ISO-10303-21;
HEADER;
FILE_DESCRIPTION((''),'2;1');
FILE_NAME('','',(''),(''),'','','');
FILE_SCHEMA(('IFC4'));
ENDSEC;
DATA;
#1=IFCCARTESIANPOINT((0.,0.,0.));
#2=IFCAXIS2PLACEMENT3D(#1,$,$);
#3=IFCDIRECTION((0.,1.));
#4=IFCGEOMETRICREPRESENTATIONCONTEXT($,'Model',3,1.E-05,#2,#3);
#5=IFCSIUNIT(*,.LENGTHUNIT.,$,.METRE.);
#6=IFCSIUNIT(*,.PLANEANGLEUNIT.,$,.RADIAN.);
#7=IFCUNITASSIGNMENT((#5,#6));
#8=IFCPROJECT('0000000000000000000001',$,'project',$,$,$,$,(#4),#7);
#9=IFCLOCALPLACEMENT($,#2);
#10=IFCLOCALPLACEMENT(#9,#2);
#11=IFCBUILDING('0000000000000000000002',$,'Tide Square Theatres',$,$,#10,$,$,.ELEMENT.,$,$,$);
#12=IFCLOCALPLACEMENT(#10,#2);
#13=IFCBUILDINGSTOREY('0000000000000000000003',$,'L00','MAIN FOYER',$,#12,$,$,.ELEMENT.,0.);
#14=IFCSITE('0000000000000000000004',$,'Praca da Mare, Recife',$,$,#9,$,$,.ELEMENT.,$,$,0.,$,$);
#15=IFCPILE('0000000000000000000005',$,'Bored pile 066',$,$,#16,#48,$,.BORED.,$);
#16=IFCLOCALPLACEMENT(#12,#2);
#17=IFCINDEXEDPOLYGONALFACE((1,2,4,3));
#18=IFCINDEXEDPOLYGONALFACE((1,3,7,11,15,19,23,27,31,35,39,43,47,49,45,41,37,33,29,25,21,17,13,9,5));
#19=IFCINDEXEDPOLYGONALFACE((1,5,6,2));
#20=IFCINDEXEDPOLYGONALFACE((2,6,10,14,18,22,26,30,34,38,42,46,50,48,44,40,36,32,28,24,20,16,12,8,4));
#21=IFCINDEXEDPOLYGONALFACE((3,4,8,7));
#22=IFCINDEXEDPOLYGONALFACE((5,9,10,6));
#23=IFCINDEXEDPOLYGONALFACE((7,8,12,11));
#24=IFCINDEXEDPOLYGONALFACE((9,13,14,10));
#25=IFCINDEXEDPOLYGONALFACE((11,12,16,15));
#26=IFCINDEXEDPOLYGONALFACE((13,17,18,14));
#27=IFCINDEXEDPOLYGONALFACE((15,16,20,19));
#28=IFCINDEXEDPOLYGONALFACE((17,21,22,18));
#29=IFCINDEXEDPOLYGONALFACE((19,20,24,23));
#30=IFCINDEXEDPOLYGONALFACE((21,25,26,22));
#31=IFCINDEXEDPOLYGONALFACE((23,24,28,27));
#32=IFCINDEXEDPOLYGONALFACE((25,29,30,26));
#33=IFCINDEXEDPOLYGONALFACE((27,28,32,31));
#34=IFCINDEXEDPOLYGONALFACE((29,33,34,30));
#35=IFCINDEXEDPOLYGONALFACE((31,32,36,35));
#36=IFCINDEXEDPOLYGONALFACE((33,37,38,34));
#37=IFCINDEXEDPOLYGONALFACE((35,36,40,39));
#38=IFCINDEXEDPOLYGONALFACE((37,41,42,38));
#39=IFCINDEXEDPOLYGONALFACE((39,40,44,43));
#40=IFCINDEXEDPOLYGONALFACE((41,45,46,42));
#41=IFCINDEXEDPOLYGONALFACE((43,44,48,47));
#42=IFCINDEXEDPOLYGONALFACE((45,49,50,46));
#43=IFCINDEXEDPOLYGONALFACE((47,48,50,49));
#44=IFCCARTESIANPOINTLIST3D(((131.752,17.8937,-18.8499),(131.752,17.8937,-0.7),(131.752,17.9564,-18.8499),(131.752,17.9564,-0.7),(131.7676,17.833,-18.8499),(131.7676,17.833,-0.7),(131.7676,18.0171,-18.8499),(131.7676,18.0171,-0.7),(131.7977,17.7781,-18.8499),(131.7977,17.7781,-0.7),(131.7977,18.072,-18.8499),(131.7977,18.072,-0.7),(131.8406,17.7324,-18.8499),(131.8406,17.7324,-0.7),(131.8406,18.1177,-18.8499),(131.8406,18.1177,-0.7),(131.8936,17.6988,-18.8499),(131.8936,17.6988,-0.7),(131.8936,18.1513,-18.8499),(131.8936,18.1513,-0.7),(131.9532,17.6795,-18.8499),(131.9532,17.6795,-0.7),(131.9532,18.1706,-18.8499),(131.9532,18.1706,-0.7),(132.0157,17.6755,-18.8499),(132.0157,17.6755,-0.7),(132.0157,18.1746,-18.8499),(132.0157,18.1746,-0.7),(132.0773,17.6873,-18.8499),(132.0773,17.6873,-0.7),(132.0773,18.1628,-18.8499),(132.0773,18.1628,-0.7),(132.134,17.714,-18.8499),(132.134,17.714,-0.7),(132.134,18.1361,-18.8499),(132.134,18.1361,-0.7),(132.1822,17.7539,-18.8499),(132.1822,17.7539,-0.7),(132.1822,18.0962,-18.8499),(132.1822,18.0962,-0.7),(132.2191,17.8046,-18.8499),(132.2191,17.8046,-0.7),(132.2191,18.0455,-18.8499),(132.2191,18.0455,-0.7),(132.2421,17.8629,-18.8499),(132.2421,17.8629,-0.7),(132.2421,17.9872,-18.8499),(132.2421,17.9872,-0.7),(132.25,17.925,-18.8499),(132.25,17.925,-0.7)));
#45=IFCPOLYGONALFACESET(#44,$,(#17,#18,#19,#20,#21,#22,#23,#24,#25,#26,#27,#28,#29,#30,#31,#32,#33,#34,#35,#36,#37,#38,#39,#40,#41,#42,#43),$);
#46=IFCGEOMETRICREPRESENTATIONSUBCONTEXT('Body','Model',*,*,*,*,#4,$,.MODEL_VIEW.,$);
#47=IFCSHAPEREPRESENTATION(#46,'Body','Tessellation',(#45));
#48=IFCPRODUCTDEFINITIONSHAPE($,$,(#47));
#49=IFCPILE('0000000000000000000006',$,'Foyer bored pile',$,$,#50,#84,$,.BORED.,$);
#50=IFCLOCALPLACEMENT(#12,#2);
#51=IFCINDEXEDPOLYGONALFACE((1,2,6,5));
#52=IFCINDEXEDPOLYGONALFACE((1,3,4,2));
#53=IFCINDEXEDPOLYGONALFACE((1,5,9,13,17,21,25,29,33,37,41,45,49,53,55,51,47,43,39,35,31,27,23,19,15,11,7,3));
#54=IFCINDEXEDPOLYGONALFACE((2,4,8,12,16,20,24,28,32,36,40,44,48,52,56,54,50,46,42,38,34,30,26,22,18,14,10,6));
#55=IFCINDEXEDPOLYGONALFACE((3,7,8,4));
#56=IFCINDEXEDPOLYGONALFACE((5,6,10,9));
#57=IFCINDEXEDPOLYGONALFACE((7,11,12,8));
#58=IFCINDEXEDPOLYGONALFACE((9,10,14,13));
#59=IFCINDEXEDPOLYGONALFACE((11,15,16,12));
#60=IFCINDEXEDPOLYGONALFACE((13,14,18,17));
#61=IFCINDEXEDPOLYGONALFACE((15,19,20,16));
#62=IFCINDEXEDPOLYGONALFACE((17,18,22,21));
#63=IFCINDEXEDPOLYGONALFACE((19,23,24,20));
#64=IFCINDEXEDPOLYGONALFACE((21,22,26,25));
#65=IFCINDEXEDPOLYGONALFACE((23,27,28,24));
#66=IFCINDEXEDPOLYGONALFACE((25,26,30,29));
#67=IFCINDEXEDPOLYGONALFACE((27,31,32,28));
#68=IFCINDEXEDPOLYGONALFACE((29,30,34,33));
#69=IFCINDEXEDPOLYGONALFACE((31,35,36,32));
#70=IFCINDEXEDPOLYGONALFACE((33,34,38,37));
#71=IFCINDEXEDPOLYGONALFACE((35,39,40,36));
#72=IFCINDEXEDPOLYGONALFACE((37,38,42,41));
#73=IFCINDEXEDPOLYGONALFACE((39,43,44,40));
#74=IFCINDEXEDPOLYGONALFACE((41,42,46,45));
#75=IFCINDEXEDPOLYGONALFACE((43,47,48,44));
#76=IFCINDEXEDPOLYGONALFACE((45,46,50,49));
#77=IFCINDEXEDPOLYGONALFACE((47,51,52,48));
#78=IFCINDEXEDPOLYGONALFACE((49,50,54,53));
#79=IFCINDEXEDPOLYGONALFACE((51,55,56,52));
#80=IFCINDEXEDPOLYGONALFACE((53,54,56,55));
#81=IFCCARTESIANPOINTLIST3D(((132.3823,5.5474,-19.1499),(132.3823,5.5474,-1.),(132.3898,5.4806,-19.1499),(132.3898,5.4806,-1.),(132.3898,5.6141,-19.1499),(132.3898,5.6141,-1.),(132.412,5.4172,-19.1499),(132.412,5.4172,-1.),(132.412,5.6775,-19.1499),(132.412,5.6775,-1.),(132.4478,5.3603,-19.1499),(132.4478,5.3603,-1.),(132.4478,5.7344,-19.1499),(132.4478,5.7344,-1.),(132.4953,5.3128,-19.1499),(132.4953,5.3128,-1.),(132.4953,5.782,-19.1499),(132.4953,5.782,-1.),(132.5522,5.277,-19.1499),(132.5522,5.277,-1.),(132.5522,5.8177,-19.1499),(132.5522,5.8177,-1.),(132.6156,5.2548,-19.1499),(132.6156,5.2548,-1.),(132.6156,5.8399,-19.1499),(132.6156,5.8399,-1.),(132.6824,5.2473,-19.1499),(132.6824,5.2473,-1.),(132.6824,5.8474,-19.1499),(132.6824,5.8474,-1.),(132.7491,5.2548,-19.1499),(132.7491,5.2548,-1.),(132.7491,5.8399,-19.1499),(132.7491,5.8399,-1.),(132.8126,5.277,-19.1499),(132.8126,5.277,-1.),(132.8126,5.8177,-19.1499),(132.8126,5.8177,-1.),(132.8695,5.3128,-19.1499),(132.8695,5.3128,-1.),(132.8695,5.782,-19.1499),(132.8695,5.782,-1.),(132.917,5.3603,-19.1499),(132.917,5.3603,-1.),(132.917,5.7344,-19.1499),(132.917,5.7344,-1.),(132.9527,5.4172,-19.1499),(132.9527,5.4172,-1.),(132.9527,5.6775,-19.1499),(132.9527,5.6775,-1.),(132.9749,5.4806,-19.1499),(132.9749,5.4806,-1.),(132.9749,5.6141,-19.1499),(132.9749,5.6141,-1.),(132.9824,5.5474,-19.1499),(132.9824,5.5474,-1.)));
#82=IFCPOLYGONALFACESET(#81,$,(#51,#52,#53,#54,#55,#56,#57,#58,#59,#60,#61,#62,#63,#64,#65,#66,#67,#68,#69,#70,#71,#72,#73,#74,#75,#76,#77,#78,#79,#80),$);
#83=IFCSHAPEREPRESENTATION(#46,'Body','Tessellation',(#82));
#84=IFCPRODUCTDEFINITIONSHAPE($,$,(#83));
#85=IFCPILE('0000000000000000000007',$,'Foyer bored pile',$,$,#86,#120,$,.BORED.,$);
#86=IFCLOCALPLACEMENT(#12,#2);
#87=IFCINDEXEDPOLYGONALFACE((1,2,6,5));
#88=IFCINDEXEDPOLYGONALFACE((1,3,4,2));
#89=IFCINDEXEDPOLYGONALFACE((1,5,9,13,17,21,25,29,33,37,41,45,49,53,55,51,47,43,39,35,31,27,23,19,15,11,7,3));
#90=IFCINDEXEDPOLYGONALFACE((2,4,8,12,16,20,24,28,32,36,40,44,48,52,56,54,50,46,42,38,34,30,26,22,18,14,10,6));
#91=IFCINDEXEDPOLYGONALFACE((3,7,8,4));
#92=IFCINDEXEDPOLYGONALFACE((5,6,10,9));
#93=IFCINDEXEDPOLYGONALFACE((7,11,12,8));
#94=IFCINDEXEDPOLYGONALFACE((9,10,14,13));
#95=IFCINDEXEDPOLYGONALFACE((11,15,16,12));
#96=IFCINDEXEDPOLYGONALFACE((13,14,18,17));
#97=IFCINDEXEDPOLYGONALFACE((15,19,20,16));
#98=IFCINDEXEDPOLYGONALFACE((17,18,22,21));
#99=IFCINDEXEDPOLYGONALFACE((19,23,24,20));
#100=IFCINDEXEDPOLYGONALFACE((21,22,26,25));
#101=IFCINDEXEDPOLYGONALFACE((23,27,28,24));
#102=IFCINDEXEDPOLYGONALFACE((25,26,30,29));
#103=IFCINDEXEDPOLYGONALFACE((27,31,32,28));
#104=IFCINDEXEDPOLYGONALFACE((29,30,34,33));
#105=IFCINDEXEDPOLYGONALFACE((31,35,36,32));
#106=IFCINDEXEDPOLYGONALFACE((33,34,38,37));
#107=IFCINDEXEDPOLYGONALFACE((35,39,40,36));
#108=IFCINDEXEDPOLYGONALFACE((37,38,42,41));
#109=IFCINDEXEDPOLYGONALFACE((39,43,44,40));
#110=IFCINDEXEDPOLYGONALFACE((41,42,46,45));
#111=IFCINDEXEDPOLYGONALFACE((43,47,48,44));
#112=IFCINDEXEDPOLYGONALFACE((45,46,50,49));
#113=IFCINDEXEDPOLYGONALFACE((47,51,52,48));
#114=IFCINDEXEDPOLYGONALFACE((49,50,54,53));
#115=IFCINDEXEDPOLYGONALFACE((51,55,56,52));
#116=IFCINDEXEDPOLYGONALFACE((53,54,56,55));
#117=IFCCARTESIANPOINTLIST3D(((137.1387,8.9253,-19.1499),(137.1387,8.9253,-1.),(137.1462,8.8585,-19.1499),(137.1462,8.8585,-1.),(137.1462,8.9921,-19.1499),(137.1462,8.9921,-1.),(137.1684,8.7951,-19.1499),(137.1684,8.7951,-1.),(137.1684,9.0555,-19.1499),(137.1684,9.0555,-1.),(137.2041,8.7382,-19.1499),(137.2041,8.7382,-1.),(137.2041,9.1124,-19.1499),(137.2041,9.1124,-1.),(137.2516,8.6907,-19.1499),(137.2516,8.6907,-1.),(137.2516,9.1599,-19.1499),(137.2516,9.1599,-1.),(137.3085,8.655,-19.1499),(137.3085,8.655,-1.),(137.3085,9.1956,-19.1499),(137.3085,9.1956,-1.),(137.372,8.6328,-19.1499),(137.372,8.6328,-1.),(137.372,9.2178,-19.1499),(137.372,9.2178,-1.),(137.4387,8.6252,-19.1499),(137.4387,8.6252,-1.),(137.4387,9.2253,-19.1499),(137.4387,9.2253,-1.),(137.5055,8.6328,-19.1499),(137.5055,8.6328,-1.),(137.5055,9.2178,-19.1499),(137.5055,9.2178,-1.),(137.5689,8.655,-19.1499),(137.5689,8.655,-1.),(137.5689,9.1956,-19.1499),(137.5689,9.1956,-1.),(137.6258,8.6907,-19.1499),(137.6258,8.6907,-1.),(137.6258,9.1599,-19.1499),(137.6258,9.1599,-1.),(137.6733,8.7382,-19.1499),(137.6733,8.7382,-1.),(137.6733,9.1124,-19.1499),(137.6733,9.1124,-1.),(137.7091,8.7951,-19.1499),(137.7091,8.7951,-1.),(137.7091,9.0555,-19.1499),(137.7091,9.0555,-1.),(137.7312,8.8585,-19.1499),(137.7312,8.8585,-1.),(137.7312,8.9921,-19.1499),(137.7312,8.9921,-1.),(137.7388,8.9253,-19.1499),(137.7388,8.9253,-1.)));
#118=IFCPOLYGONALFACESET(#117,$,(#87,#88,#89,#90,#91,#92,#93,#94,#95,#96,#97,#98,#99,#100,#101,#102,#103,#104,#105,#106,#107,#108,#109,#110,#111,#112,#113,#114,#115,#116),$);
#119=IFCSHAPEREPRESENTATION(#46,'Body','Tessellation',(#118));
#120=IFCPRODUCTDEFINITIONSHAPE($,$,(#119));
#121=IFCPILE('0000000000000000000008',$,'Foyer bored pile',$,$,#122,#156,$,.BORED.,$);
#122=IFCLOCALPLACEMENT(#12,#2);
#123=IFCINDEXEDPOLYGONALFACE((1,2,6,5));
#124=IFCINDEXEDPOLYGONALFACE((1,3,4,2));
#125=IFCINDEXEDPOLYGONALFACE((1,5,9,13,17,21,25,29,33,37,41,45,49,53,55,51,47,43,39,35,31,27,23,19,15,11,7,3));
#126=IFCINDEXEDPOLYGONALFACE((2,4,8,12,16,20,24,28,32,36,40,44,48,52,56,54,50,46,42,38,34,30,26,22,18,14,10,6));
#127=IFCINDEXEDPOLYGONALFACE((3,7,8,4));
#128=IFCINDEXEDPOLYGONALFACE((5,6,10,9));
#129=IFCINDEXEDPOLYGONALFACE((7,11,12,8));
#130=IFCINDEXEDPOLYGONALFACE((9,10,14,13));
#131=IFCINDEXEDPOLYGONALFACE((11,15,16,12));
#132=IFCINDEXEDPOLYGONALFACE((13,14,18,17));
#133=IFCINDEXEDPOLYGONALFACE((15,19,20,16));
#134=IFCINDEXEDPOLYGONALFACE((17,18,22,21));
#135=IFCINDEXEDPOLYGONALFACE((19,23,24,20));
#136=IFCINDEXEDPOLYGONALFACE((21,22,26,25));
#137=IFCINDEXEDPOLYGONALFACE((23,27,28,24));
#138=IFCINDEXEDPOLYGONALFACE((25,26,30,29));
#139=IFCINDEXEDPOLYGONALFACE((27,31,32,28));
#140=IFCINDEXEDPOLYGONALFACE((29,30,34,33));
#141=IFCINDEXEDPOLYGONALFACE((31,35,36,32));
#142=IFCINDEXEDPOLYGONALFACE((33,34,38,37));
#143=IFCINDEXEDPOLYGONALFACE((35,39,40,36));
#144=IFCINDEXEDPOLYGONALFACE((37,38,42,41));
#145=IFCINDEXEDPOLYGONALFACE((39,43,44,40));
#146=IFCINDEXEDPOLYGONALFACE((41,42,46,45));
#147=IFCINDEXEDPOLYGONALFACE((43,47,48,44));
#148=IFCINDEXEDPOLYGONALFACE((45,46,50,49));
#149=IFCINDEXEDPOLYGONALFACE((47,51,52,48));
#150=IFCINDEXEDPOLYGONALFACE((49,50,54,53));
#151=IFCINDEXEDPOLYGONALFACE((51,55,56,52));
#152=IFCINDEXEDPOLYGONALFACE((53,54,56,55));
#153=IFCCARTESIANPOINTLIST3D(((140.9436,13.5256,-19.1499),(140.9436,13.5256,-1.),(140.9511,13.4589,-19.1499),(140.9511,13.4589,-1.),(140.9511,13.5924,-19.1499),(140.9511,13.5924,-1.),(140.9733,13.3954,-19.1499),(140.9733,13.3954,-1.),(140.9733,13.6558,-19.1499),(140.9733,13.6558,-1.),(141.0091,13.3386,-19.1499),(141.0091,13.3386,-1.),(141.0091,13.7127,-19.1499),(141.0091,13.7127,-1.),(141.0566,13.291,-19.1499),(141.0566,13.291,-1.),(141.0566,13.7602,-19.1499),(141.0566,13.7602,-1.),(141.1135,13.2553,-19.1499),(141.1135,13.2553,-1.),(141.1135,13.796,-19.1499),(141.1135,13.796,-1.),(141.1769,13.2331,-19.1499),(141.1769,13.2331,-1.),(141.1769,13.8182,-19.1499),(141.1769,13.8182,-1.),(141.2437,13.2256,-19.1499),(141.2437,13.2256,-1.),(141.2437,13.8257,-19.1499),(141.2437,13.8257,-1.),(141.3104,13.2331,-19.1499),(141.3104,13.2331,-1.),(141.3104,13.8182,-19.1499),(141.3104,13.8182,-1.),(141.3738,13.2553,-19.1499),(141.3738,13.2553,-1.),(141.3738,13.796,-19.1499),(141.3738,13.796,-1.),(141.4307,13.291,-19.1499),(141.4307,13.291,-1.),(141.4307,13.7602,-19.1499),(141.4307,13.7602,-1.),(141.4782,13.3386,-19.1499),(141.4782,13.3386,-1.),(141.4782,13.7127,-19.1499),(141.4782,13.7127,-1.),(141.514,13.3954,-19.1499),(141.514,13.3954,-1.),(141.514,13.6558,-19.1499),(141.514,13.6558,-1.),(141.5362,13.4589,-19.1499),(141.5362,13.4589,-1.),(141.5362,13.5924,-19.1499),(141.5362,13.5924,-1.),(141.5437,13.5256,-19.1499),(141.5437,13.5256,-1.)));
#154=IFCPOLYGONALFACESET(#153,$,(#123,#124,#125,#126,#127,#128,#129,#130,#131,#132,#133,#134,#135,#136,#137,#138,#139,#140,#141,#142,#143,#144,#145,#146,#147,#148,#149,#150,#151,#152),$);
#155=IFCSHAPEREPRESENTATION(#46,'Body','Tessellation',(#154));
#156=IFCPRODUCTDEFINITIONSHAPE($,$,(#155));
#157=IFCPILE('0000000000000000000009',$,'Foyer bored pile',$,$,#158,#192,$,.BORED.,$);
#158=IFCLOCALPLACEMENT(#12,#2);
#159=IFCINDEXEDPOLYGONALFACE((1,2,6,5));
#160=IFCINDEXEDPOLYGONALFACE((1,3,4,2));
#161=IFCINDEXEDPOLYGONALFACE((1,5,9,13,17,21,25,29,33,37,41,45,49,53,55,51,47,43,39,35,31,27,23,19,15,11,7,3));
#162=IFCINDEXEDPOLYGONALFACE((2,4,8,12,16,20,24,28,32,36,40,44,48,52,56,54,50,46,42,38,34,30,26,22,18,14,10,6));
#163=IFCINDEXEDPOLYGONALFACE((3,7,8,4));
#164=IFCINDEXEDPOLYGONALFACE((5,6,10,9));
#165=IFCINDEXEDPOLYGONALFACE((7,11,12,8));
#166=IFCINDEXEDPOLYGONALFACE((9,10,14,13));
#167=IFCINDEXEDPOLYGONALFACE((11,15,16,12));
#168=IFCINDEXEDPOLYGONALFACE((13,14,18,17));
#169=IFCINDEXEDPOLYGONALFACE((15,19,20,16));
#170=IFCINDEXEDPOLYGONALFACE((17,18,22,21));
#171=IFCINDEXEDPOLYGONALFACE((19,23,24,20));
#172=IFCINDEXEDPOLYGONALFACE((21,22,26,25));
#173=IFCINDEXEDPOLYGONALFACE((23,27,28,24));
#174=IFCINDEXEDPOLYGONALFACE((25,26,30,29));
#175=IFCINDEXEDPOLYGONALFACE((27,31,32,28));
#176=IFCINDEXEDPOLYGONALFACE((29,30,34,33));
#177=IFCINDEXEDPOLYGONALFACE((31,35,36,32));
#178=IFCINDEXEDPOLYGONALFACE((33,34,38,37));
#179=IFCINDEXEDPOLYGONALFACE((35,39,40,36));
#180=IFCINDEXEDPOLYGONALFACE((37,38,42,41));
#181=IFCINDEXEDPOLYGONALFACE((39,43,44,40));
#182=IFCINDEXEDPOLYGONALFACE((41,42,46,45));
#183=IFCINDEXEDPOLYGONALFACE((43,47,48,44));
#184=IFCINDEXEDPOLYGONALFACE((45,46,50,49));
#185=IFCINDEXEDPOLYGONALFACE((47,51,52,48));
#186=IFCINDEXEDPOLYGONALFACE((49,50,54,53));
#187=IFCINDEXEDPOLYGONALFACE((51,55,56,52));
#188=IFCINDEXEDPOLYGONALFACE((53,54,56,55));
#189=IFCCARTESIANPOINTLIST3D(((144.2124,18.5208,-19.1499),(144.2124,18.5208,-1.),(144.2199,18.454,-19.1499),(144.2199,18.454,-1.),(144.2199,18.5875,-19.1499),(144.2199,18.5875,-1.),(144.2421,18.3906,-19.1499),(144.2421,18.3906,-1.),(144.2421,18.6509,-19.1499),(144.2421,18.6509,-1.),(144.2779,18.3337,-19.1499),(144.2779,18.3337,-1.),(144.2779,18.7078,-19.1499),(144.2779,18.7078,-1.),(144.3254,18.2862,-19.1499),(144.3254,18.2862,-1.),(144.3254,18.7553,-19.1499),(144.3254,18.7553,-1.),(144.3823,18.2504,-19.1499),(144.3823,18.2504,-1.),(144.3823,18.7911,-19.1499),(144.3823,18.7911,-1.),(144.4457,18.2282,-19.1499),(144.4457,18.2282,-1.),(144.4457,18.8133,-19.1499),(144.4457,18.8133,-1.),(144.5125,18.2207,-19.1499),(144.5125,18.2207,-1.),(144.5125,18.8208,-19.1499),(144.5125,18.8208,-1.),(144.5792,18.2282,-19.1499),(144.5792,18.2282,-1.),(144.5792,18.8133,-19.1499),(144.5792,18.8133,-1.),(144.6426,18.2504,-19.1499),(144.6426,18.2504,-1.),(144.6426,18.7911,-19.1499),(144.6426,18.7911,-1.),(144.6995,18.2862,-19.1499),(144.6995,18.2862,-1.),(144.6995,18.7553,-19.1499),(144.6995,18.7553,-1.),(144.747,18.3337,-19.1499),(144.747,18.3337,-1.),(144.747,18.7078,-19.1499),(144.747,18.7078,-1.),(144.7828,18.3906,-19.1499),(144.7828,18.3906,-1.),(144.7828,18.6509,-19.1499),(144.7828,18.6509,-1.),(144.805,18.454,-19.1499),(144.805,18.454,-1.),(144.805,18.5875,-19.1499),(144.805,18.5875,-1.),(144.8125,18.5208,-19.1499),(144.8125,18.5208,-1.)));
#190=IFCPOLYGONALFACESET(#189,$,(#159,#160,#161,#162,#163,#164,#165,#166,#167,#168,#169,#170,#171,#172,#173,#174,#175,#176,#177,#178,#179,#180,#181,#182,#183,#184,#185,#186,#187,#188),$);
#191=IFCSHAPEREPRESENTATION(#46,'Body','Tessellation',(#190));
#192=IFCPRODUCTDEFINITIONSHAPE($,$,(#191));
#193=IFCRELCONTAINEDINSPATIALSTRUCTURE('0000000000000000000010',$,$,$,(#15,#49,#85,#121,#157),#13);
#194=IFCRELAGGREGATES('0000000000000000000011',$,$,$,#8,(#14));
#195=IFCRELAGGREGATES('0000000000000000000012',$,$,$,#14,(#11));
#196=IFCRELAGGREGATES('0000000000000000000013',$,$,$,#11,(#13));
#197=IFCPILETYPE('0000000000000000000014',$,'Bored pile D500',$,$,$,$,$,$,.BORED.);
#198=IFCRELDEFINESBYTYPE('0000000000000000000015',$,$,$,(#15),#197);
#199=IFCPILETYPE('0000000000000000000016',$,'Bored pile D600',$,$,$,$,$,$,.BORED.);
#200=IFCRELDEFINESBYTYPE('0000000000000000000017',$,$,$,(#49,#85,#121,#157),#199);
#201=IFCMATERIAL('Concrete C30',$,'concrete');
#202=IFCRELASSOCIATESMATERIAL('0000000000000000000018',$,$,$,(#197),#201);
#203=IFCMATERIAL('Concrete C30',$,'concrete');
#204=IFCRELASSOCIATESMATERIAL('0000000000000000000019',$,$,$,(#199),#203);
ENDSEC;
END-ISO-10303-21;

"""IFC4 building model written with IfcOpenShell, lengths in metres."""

from ifc_helpers import new_model, si_unit, direction, frame, origin, origin_2d, place, context, subcontext, project, spatial, circle, extrude, material, material_profile, profile_set, type_object, element, save


model = new_model("IFC4")

# Units and contexts
model_context = context("Model", 3, precision=1e-05, world=origin(), true_north=direction((0.0, 1.0)))
body_context = subcontext(model_context, "Body", "Model", "MODEL_VIEW")
ifc_project = project(units=[si_unit("LENGTHUNIT", "METRE"), si_unit("PLANEANGLEUNIT", "RADIAN")], contexts=[model_context])

# Site, building, storey
site_placement = place(None, origin())
site = spatial("IfcSite", under=ifc_project, at=site_placement, Name="Praca da Mare, Recife", CompositionType="ELEMENT", RefElevation=0.0)
building_placement = place(site_placement, origin())
building = spatial("IfcBuilding", under=site, at=building_placement, Name="Tide Square Theatres", CompositionType="ELEMENT")
storey_placement = place(building_placement, origin())
storey = spatial("IfcBuildingStorey", under=building, at=storey_placement, Name="L00", Description="MAIN FOYER", CompositionType="ELEMENT", Elevation=0.0)

# Piles
ifc_material_1 = material(Name="Concrete C30", Category="concrete")
ifc_material_profile_1 = material_profile(ifc_material_1, circle(Radius=0.25, at=origin_2d()))
ifc_profile_set_1 = profile_set([ifc_material_profile_1], Name="Concrete C30")
pile_type_1 = type_object("IfcPileType", Name="Bored pile D500", PredefinedType="BORED", material=ifc_profile_set_1)
pile_placement = place(storey_placement, frame((132.0, 17.925, -0.7), z_axis=(0.0, 0.0, -1.0), x_axis=(1.0, 0.0, 0.0)))
element("IfcPile", 1, at=pile_placement, inside=storey, type_object=pile_type_1, Name="Bored pile 066", PredefinedType="BORED", context=body_context, shape_type="SweptSolid", body=[
    extrude(circle(Radius=0.25, at=origin_2d()), origin(), (0.0, 0.0, 1.0), 18.1499),
])
ifc_material_2 = material(Name="Concrete C30", Category="concrete")
ifc_material_profile_2 = material_profile(ifc_material_2, circle(Radius=0.3, at=origin_2d()))
ifc_profile_set_2 = profile_set([ifc_material_profile_2], Name="Concrete C30")
pile_type_2 = type_object("IfcPileType", Name="Bored pile D600", PredefinedType="BORED", material=ifc_profile_set_2)
for number, where, z_axis, x_axis, name in (
    (2, (132.6824, 5.5474, -1.0), (0.0, 0.0, -1.0), (1.0, 0.0, 0.0), "Foyer bored pile"),
    (3, (137.4387, 8.9253, -1.0), (0.0, 0.0, -1.0), (1.0, 0.0, 0.0), "Foyer bored pile"),
    (4, (141.2437, 13.5256, -1.0), (0.0, 0.0, -1.0), (1.0, 0.0, 0.0), "Foyer bored pile"),
    (5, (144.5125, 18.5208, -1.0), (0.0, 0.0, -1.0), (1.0, 0.0, 0.0), "Foyer bored pile"),
):
    element("IfcPile", number, at=place(storey_placement, frame(where, z_axis=z_axis, x_axis=x_axis)), inside=storey, type_object=pile_type_2, Name=name, PredefinedType="BORED", context=body_context, shape_type="SweptSolid", body=[
        extrude(circle(Radius=0.3, at=origin_2d()), origin(), (0.0, 0.0, 1.0), 18.1499),
    ])

save(model, "model.ifc")
